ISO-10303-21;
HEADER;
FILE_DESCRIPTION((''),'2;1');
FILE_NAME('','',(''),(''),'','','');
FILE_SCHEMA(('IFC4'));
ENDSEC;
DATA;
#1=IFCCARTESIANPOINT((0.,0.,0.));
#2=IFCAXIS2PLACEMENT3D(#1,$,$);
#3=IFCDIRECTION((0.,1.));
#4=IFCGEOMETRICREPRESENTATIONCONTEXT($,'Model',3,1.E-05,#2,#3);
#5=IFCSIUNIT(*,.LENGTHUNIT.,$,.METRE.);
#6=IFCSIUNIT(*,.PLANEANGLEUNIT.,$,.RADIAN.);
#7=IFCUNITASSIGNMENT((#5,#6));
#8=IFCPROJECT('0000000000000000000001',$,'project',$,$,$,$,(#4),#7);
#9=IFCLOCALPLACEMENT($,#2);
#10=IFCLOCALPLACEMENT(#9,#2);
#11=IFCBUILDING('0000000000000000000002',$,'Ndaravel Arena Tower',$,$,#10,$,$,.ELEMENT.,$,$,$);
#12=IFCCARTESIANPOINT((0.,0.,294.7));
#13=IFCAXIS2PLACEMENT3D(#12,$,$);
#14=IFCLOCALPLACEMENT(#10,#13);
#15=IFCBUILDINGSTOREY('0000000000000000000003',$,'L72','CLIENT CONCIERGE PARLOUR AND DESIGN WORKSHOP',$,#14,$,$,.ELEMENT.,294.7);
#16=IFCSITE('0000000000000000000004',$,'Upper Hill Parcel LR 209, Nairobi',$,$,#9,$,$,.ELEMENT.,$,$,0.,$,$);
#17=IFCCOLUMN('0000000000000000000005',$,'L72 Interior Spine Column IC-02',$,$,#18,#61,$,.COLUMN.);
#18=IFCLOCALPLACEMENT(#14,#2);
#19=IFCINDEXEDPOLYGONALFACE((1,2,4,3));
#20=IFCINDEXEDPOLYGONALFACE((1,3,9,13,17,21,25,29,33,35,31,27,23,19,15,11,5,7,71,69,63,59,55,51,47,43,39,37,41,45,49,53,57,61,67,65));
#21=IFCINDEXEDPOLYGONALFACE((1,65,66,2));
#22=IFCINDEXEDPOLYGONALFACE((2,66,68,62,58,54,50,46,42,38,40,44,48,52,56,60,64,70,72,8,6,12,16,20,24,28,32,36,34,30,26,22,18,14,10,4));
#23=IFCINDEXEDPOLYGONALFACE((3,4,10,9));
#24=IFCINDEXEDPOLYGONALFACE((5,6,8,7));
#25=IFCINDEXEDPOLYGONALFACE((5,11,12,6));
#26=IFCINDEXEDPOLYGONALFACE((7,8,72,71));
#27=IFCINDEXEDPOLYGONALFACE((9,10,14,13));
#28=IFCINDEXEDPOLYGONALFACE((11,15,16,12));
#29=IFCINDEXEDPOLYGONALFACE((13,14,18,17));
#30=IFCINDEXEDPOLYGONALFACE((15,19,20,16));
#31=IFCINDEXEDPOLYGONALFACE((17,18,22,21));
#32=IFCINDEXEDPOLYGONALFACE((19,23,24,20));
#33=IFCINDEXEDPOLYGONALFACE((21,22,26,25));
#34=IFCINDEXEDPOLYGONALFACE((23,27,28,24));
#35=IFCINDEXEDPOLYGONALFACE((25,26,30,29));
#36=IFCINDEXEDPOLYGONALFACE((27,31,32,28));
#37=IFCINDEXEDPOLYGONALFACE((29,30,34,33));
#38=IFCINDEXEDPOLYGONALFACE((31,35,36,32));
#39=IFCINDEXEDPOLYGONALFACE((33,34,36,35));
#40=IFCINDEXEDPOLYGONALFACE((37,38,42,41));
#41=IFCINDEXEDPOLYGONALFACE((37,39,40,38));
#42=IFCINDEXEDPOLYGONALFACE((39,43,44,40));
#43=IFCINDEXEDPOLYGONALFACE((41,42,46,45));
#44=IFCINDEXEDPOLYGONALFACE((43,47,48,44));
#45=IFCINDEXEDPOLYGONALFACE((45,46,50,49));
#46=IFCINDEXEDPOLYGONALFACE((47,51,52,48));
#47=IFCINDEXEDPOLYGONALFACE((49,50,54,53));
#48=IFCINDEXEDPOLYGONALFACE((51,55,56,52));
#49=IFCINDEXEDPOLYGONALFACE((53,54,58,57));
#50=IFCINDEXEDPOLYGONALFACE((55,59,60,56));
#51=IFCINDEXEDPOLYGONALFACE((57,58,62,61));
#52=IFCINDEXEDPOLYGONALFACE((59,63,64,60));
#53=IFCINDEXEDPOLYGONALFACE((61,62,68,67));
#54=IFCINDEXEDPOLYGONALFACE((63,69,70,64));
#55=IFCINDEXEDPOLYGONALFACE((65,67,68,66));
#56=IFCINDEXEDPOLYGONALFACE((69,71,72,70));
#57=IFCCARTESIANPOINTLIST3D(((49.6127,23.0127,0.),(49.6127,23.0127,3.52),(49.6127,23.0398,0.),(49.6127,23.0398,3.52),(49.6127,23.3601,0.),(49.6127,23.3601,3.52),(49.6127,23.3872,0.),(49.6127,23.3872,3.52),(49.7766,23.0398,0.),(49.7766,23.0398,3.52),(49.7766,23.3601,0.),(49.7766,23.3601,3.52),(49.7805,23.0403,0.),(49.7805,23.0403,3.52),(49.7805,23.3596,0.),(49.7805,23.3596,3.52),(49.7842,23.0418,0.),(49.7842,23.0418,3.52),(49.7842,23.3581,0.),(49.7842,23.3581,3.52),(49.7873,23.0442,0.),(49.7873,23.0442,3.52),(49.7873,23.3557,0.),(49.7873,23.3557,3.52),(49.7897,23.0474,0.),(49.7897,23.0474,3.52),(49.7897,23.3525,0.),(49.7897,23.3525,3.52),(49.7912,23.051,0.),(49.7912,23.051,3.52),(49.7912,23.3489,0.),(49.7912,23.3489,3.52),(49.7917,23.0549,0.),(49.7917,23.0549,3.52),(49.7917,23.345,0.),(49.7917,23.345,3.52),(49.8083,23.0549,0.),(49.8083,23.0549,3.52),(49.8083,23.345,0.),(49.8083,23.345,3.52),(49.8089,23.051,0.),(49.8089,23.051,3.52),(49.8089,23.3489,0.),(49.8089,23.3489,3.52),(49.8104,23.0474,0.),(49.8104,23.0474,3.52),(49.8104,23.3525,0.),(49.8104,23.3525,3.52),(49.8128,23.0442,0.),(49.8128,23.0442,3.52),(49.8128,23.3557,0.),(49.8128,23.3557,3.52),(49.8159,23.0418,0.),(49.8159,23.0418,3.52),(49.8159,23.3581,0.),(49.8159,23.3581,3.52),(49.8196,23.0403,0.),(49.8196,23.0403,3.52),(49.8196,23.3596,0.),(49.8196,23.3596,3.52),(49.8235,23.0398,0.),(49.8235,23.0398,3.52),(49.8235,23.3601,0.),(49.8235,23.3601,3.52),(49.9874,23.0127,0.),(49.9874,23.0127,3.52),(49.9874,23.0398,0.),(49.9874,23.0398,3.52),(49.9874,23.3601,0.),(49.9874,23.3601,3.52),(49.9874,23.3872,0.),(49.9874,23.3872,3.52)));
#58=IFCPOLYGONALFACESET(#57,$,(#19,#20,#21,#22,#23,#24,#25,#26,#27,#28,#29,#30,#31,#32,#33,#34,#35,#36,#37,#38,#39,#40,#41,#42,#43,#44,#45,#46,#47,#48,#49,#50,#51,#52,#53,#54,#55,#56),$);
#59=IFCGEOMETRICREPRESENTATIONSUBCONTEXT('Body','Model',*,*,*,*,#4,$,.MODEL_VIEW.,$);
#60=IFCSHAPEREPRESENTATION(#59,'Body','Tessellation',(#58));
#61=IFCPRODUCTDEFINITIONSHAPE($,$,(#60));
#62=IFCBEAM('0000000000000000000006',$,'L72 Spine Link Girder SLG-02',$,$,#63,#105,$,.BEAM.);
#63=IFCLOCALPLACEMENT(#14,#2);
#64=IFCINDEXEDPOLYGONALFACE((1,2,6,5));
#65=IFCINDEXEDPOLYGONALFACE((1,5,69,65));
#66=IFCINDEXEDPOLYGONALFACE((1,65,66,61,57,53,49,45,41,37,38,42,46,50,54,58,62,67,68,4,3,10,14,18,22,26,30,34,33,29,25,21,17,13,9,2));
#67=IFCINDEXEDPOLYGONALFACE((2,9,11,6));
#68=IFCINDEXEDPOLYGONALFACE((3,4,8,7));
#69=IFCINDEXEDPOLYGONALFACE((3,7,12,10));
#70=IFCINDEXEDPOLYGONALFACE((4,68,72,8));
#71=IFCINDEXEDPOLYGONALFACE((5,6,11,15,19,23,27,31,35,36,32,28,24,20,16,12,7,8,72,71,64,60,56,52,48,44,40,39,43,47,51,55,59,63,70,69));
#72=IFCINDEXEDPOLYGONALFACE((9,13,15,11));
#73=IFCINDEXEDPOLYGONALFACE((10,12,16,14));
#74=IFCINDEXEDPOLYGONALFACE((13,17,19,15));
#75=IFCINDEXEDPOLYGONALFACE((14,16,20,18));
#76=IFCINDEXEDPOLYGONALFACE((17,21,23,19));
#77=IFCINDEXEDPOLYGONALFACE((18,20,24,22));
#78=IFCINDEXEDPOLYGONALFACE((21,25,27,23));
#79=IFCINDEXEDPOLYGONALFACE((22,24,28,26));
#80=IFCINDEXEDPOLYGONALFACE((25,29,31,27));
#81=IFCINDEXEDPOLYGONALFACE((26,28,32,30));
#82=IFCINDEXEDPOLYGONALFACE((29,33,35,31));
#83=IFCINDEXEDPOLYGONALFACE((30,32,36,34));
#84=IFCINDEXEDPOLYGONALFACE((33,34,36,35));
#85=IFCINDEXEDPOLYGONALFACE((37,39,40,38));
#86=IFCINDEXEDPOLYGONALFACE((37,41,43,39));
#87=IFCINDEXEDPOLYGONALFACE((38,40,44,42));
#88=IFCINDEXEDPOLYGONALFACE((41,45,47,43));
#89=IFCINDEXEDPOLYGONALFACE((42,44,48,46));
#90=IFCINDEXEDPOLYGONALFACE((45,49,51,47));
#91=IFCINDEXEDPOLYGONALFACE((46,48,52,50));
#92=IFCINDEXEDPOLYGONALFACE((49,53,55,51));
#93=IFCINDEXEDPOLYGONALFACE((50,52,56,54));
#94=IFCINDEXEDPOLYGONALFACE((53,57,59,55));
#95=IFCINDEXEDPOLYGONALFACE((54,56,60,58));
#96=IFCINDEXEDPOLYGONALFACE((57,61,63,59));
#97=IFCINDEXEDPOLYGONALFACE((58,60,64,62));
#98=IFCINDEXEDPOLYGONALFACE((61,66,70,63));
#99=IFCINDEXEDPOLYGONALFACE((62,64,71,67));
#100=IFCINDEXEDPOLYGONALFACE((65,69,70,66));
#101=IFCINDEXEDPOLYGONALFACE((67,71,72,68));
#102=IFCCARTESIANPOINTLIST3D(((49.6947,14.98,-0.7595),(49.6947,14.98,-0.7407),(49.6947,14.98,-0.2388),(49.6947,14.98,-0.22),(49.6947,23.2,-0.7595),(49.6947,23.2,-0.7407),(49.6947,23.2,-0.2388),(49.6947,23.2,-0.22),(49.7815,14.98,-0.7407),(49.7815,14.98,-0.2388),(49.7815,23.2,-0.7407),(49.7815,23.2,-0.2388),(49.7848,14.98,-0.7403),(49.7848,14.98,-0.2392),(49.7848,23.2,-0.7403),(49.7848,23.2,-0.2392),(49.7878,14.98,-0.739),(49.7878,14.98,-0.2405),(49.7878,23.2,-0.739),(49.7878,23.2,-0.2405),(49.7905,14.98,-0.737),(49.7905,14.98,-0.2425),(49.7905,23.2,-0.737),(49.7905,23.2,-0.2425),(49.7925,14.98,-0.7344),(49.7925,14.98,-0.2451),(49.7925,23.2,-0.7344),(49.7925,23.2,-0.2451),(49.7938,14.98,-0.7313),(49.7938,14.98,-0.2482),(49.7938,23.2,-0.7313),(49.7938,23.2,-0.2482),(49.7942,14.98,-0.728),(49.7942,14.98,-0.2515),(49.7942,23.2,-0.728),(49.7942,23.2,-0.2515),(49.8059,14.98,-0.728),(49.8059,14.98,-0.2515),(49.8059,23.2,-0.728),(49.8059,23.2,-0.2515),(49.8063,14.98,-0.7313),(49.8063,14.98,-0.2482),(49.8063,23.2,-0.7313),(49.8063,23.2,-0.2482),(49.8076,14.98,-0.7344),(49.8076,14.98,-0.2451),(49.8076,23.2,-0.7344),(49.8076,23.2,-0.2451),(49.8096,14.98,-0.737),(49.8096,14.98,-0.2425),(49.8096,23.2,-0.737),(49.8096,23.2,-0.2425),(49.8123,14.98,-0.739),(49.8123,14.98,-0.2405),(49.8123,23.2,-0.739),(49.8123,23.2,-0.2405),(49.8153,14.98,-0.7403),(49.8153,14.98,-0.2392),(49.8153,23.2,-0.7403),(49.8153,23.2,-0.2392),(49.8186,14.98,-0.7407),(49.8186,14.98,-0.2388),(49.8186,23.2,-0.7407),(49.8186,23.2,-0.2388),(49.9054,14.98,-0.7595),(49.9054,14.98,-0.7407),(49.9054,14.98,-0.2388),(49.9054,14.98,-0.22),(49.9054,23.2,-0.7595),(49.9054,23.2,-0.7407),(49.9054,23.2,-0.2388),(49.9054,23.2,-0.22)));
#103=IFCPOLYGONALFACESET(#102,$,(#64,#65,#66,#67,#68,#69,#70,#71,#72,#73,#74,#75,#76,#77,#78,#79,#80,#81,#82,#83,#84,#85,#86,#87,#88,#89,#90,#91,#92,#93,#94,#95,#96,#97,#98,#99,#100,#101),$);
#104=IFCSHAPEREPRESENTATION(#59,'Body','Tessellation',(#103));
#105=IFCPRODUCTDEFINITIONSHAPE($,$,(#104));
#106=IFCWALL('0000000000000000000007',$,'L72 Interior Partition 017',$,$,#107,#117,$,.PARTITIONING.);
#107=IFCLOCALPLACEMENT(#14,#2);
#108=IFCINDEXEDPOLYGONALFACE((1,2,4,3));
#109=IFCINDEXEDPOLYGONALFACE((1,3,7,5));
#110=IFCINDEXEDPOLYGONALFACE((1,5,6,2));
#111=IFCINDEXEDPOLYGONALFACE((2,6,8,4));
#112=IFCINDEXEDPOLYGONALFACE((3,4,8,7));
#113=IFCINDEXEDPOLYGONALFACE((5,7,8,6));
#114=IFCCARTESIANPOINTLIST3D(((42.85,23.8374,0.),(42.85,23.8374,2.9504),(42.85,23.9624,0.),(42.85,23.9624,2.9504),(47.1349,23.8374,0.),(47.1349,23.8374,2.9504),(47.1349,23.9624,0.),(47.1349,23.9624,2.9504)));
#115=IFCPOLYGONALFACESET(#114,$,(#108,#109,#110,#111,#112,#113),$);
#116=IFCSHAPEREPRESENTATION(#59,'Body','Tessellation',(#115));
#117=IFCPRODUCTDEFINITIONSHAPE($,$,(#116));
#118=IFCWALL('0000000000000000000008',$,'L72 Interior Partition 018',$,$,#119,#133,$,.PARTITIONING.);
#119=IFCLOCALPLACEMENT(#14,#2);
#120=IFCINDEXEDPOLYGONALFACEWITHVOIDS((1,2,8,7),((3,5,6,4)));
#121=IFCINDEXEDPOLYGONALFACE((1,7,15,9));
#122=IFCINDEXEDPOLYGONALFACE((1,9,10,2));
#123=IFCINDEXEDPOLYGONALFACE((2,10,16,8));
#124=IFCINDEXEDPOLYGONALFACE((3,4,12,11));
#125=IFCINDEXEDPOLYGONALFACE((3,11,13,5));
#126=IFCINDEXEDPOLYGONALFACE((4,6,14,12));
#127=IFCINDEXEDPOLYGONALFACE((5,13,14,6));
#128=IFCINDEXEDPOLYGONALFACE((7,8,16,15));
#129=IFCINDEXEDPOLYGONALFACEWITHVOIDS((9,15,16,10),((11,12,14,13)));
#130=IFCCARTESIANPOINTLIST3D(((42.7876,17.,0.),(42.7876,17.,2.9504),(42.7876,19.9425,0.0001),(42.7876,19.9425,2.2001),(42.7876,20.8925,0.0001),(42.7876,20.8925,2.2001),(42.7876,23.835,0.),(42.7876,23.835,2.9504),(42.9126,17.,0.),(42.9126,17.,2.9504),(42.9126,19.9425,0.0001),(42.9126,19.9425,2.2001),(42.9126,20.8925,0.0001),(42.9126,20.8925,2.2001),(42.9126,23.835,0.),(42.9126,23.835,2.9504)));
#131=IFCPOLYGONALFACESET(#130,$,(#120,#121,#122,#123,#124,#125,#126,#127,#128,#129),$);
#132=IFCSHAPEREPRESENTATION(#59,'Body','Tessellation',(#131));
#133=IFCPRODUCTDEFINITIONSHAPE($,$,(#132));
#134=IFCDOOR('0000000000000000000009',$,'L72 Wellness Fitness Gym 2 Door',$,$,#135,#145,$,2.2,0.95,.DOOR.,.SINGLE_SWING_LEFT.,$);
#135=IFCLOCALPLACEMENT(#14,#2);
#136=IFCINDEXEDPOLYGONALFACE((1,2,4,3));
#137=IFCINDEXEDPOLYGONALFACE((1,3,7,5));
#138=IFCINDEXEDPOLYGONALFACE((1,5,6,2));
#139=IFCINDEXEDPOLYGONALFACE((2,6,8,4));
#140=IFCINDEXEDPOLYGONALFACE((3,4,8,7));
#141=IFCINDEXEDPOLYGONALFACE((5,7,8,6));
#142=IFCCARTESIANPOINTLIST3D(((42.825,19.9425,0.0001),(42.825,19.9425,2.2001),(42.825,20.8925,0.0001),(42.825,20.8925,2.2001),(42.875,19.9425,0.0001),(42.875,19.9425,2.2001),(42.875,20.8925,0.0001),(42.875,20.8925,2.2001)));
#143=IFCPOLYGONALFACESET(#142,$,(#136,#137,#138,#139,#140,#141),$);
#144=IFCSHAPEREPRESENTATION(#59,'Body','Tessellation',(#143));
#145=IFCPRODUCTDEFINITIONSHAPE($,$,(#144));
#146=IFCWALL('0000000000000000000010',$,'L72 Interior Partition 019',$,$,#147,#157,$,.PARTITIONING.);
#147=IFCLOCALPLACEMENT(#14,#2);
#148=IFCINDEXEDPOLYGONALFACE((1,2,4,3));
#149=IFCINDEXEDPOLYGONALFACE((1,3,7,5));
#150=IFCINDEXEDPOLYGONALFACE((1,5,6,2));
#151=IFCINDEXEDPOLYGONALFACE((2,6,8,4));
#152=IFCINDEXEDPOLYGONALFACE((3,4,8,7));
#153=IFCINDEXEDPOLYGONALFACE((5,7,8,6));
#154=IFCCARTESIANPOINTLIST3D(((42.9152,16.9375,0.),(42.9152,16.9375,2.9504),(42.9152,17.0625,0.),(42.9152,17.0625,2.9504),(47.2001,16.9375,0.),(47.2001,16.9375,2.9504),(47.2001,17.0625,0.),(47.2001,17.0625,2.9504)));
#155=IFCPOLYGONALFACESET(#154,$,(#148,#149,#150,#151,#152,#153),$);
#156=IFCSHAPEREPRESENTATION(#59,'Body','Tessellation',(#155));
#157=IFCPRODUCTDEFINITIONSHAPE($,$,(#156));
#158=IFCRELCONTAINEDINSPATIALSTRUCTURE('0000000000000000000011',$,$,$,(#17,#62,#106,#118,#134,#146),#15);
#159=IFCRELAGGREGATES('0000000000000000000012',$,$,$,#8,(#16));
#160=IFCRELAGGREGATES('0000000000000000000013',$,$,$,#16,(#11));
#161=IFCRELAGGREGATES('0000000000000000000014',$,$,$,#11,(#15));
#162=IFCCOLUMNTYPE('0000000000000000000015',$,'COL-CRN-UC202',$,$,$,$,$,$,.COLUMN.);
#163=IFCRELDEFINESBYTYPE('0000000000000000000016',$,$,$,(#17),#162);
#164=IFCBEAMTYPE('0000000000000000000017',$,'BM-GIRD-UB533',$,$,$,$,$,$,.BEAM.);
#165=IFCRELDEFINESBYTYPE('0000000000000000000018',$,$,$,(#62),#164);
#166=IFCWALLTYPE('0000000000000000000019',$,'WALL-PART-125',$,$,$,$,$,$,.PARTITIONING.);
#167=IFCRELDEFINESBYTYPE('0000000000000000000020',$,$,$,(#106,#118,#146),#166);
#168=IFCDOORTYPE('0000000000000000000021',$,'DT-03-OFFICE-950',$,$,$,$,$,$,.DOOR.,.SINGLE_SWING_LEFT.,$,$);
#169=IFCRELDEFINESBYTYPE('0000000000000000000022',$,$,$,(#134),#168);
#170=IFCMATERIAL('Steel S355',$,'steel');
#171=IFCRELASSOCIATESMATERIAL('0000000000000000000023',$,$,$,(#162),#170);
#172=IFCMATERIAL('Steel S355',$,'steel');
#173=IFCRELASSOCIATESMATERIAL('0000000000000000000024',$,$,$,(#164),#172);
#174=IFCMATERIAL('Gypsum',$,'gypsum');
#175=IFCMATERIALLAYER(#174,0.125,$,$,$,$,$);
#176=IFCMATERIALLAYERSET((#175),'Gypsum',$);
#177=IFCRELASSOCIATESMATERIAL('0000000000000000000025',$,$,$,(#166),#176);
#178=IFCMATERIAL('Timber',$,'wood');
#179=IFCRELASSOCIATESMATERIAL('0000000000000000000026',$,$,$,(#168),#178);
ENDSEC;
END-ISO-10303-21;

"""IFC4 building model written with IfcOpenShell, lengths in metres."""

from ifc_helpers import new_model, si_unit, direction, frame, frame_2d, origin, origin_2d, place, context, subcontext, project, spatial, rectangle, i_section, extrude, material, layer, layer_set, material_profile, profile_set, type_object, element, fill, save


model = new_model("IFC4")

# Units and contexts
model_context = context("Model", 3, precision=1e-05, world=origin(), true_north=direction((0.0, 1.0)))
body_context = subcontext(model_context, "Body", "Model", "MODEL_VIEW")
ifc_project = project(units=[si_unit("LENGTHUNIT", "METRE"), si_unit("PLANEANGLEUNIT", "RADIAN")], contexts=[model_context])

# Site, building, storey
site_placement = place(None, origin())
site = spatial("IfcSite", under=ifc_project, at=site_placement, Name="Upper Hill Parcel LR 209, Nairobi", CompositionType="ELEMENT", RefElevation=0.0)
building_placement = place(site_placement, origin())
building = spatial("IfcBuilding", under=site, at=building_placement, Name="Ndaravel Arena Tower", CompositionType="ELEMENT")
storey_placement = place(building_placement, frame((0.0, 0.0, 294.7)))
storey = spatial("IfcBuildingStorey", under=building, at=storey_placement, Name="L72", Description="CLIENT CONCIERGE PARLOUR AND DESIGN WORKSHOP", CompositionType="ELEMENT", Elevation=294.7)

# Column
ifc_material_1 = material(Name="Steel S355", Category="steel")
ifc_material_profile_1 = material_profile(ifc_material_1, i_section(OverallWidth=0.3748, OverallDepth=0.3745, WebThickness=0.0166, FlangeThickness=0.0271, FilletRadius=0.0151, at=origin_2d()), Name="UC 356x368x202")
ifc_profile_set_1 = profile_set([ifc_material_profile_1], Name="Steel S355")
column_type = type_object("IfcColumnType", Name="COL-CRN-UC202", PredefinedType="COLUMN", material=ifc_profile_set_1)
column_placement = place(storey_placement, frame((49.8, 23.2, 0.0), z_axis=(0.0, 0.0, 1.0), x_axis=(1.0, 0.0, 0.0)))
element("IfcColumn", 1, at=column_placement, inside=storey, type_object=column_type, Name="L72 Interior Spine Column IC-02", PredefinedType="COLUMN", context=body_context, shape_type="SweptSolid", body=[
    extrude(i_section(OverallWidth=0.3748, OverallDepth=0.3745, WebThickness=0.0166, FlangeThickness=0.0271, FilletRadius=0.0151, at=origin_2d()), origin(), (0.0, 0.0, 1.0), 3.52),
])

# Beam
ifc_material_2 = material(Name="Steel S355", Category="steel")
ifc_material_profile_2 = material_profile(ifc_material_2, i_section(OverallWidth=0.2107, OverallDepth=0.5396, WebThickness=0.0117, FlangeThickness=0.0188, FilletRadius=0.0127, at=origin_2d()), Name="UB 533x210x109")
ifc_profile_set_2 = profile_set([ifc_material_profile_2], Name="Steel S355")
beam_type = type_object("IfcBeamType", Name="BM-GIRD-UB533", PredefinedType="BEAM", material=ifc_profile_set_2)
beam_placement = place(storey_placement, frame((49.8, 14.98, -0.4897), z_axis=(0.0, 1.0, 0.0), x_axis=(-1.0, 0.0, 0.0)))
element("IfcBeam", 2, at=beam_placement, inside=storey, type_object=beam_type, Name="L72 Spine Link Girder SLG-02", PredefinedType="BEAM", context=body_context, shape_type="SweptSolid", body=[
    extrude(i_section(OverallWidth=0.2107, OverallDepth=0.5396, WebThickness=0.0117, FlangeThickness=0.0188, FilletRadius=0.0127, at=origin_2d()), origin(), (0.0, 0.0, 1.0), 8.22),
])

# Wall
ifc_material_3 = material(Name="Gypsum", Category="gypsum")
ifc_layer_1 = layer(ifc_material_3, 0.125)
ifc_layer_set_1 = layer_set([ifc_layer_1], Name="Gypsum")
wall_type_1 = type_object("IfcWallType", Name="WALL-PART-125", PredefinedType="PARTITIONING", material=ifc_layer_set_1)
wall_1_placement = place(storey_placement, frame((47.135, 23.8999, 0.0), z_axis=(0.0, 0.0, 1.0), x_axis=(-1.0, 0.0, 0.0)))
element("IfcWall", 3, at=wall_1_placement, inside=storey, type_object=wall_type_1, Name="L72 Interior Partition 017", PredefinedType="PARTITIONING", context=body_context, shape_type="SweptSolid", body=[
    extrude(rectangle(XDim=4.2849, YDim=0.125, at=frame_2d((2.1426, 0.0))), origin(), (0.0, 0.0, 1.0), 2.9504),
])

# Wall, opening, door
wall_2_placement = place(storey_placement, frame((42.8501, 23.835, 0.0), z_axis=(0.0, 0.0, 1.0), x_axis=(0.0, -1.0, 0.0)))
wall_2 = element("IfcWall", 4, at=wall_2_placement, inside=storey, type_object=wall_type_1, Name="L72 Interior Partition 018", PredefinedType="PARTITIONING", context=body_context, shape_type="SweptSolid", body=[
    extrude(rectangle(XDim=6.835, YDim=0.125, at=frame_2d((3.4175, 0.0))), origin(), (0.0, 0.0, 1.0), 2.9504),
])
opening_1_placement = place(wall_2_placement, frame((2.9424, 0.0, 0.0)))
opening_1 = element("IfcOpeningElement", 5, at=opening_1_placement, cuts=wall_2, PredefinedType="OPENING", context=body_context, shape_type="SweptSolid", body=[
    extrude(rectangle(XDim=0.95, YDim=2.2, at=frame_2d((0.4751, 1.1001))), frame((0.0, 0.0625, 0.0), z_axis=(0.0, -1.0, 0.0), x_axis=(1.0, 0.0, 0.0)), (0.0, 0.0, 1.0), 0.125),
])
ifc_material_4 = material(Name="Timber", Category="wood")
door_type_1 = type_object("IfcDoorType", Name="DT-03-OFFICE-950", OperationType="SINGLE_SWING_LEFT", PredefinedType="DOOR", material=ifc_material_4)
door_1_placement = place(opening_1_placement, origin())
door_1 = element("IfcDoor", 6, at=door_1_placement, inside=storey, type_object=door_type_1, Name="L72 Wellness Fitness Gym 2 Door", OperationType="SINGLE_SWING_LEFT", OverallHeight=2.2, OverallWidth=0.95, PredefinedType="DOOR", context=body_context, shape_type="SweptSolid", body=[
    extrude(rectangle(XDim=0.95, YDim=2.2, at=frame_2d((0.4751, 1.1001))), frame((0.0, 0.0249, 0.0), z_axis=(0.0, -1.0, 0.0), x_axis=(1.0, 0.0, 0.0)), (0.0, 0.0, 1.0), 0.05),
])
fill(opening_1, door_1)

# Wall
wall_3_placement = place(storey_placement, frame((42.915, 17.0, 0.0), z_axis=(0.0, 0.0, 1.0), x_axis=(1.0, 0.0, 0.0)))
element("IfcWall", 7, at=wall_3_placement, inside=storey, type_object=wall_type_1, Name="L72 Interior Partition 019", PredefinedType="PARTITIONING", context=body_context, shape_type="SweptSolid", body=[
    extrude(rectangle(XDim=4.2849, YDim=0.125, at=frame_2d((2.1426, 0.0))), origin(), (0.0, 0.0, 1.0), 2.9504),
])

save(model, "model.ifc")
